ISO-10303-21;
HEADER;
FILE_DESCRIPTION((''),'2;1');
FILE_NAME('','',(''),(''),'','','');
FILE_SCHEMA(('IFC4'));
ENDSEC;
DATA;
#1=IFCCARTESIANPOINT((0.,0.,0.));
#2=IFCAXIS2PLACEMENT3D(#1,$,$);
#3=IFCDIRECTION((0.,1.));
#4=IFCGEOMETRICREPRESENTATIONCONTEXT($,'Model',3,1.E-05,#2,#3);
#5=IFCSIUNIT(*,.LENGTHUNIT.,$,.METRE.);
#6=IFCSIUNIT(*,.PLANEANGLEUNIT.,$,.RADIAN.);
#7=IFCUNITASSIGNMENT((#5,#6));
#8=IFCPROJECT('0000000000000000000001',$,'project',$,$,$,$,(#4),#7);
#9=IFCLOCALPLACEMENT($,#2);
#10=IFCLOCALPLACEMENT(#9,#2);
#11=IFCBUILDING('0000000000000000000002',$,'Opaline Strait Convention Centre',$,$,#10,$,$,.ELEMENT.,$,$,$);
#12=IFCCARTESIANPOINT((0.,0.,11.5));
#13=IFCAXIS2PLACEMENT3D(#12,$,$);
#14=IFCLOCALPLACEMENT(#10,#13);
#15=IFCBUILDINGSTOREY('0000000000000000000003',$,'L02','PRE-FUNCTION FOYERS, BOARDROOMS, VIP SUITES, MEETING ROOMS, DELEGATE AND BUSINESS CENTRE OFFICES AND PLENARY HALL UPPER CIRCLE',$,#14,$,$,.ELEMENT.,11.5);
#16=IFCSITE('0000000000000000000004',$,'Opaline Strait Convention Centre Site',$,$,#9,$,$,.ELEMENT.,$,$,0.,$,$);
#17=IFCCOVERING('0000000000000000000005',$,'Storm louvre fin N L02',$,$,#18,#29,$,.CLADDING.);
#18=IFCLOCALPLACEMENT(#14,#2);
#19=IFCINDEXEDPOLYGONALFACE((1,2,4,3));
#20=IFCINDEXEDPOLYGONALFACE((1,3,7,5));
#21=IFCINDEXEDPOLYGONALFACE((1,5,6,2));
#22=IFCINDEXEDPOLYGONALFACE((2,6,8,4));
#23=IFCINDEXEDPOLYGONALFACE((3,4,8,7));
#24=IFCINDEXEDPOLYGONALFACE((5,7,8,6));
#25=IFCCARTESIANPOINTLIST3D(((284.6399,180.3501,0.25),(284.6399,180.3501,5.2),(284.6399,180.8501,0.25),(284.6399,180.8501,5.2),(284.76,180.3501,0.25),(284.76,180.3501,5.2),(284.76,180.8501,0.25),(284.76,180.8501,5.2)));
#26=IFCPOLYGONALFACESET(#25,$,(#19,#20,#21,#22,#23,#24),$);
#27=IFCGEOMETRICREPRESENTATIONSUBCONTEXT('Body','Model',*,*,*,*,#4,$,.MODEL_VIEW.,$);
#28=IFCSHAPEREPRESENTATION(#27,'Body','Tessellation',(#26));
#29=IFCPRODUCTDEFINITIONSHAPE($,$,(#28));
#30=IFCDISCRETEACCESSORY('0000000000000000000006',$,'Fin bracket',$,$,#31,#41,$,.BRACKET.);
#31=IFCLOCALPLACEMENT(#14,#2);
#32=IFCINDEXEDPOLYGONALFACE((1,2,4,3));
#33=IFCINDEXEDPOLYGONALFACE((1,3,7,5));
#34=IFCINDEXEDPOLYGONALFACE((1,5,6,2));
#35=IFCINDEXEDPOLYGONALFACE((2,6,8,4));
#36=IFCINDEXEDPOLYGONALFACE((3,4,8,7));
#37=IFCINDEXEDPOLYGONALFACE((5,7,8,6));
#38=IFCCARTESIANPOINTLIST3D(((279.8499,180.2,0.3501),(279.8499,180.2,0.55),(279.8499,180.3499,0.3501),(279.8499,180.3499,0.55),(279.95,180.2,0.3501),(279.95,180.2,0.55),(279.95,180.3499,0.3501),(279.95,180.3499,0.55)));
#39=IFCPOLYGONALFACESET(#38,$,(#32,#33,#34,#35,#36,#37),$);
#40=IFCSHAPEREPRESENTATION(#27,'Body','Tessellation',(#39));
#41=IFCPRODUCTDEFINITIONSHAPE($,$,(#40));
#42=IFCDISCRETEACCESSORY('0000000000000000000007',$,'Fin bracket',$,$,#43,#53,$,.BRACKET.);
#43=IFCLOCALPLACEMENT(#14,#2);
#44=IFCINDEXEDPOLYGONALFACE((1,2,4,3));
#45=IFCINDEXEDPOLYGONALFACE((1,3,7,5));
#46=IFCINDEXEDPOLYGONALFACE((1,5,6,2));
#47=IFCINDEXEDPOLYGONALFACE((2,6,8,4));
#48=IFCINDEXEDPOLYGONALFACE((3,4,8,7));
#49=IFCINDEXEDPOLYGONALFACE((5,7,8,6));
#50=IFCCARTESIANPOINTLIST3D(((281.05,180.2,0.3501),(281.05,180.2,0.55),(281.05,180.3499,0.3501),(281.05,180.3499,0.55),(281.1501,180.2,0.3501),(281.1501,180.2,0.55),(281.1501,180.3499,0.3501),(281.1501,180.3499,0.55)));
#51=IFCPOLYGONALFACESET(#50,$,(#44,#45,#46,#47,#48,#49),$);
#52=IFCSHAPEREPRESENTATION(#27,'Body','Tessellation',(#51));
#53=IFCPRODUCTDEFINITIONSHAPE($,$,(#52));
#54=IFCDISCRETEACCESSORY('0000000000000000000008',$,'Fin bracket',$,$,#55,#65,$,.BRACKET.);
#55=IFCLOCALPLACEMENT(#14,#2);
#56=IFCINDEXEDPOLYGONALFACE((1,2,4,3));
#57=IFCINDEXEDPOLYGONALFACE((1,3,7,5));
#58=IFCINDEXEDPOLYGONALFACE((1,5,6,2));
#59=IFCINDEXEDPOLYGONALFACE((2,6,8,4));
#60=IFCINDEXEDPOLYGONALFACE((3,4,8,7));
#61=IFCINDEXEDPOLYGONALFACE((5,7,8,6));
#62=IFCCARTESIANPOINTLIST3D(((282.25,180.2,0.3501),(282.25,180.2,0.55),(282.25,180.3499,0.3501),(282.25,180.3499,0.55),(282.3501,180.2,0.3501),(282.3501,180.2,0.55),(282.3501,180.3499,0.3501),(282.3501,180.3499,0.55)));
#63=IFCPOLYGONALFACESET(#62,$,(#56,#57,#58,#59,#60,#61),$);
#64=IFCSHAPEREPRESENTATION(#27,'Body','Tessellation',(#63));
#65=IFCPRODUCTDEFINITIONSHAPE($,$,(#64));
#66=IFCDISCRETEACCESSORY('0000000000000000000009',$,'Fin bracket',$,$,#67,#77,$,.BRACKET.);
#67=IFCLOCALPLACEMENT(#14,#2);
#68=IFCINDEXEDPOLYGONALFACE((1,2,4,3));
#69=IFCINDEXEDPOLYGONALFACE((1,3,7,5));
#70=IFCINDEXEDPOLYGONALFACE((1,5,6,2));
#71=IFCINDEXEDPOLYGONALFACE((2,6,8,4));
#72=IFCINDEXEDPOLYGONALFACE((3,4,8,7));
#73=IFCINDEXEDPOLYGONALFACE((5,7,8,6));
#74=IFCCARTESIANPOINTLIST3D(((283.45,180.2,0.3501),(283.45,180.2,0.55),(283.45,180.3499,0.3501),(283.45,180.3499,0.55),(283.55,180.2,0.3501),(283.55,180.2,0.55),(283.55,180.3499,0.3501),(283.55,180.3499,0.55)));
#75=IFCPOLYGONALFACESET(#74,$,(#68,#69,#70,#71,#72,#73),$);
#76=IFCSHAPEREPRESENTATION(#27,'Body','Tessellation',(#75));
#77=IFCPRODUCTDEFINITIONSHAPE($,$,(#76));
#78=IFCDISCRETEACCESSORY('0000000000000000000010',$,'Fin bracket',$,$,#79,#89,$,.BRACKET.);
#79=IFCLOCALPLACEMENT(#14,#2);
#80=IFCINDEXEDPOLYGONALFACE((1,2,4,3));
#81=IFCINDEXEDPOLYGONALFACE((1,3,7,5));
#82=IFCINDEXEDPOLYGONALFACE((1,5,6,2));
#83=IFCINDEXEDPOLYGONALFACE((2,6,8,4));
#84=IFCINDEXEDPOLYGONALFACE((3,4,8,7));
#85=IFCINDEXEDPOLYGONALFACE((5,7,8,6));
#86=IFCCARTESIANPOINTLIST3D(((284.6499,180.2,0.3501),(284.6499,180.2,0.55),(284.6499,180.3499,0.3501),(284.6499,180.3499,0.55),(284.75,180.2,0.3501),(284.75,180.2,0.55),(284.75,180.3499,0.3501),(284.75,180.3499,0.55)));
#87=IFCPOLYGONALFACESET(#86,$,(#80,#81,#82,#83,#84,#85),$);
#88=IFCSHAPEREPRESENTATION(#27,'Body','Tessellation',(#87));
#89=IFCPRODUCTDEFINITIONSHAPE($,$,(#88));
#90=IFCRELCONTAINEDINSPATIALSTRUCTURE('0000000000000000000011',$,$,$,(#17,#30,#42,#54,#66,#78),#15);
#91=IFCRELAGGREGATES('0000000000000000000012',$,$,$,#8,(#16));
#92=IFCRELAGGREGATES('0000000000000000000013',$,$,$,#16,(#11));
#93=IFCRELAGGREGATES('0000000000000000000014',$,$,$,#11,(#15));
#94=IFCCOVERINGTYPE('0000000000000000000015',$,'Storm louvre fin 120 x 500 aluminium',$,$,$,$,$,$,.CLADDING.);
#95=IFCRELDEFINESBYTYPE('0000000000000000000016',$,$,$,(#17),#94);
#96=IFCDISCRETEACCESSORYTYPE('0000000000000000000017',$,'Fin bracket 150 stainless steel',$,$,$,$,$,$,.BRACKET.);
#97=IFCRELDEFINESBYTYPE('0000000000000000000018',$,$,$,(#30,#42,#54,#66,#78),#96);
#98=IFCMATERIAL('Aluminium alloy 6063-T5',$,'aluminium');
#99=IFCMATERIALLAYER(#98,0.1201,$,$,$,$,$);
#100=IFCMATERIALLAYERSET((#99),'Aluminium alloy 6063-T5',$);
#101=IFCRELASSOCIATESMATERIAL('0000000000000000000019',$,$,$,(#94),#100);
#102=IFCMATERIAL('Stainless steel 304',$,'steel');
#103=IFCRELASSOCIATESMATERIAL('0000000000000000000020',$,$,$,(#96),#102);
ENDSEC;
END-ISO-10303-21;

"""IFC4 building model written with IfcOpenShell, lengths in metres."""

from ifc_helpers import new_model, si_unit, direction, frame, origin, origin_2d, place, context, subcontext, project, spatial, rectangle, extrude, material, layer, layer_set, type_object, element, save


model = new_model("IFC4")

# Units and contexts
model_context = context("Model", 3, precision=1e-05, world=origin(), true_north=direction((0.0, 1.0)))
body_context = subcontext(model_context, "Body", "Model", "MODEL_VIEW")
ifc_project = project(units=[si_unit("LENGTHUNIT", "METRE"), si_unit("PLANEANGLEUNIT", "RADIAN")], contexts=[model_context])

# Site, building, storey
site_placement = place(None, origin())
site = spatial("IfcSite", under=ifc_project, at=site_placement, Name="Opaline Strait Convention Centre Site", CompositionType="ELEMENT", RefElevation=0.0)
building_placement = place(site_placement, origin())
building = spatial("IfcBuilding", under=site, at=building_placement, Name="Opaline Strait Convention Centre", CompositionType="ELEMENT")
storey_placement = place(building_placement, frame((0.0, 0.0, 11.5)))
storey = spatial("IfcBuildingStorey", under=building, at=storey_placement, Name="L02", Description="PRE-FUNCTION FOYERS, BOARDROOMS, VIP SUITES, MEETING ROOMS, DELEGATE AND BUSINESS CENTRE OFFICES AND PLENARY HALL UPPER CIRCLE", CompositionType="ELEMENT", Elevation=11.5)

# Covering
ifc_material_1 = material(Name="Aluminium alloy 6063-T5", Category="aluminium")
ifc_layer_1 = layer(ifc_material_1, 0.1201)
ifc_layer_set_1 = layer_set([ifc_layer_1], Name="Aluminium alloy 6063-T5")
covering_type = type_object("IfcCoveringType", Name="Storm louvre fin 120 x 500 aluminium", PredefinedType="CLADDING", material=ifc_layer_set_1)
for number, where, z_axis, x_axis, name in (
    (1, (284.7, 180.6001, 0.25), (0.0, 0.0, 1.0), (1.0, 0.0, 0.0), "Storm louvre fin N L02"),
):
    element("IfcCovering", number, at=place(storey_placement, frame(where, z_axis=z_axis, x_axis=x_axis)), inside=storey, type_object=covering_type, Name=name, PredefinedType="CLADDING", context=body_context, shape_type="SweptSolid", body=[
        extrude(rectangle(XDim=0.1201, YDim=0.5, at=origin_2d()), origin(), (0.0, 0.0, 1.0), 4.95),
    ])

# Discrete accessories
ifc_material_2 = material(Name="Stainless steel 304", Category="steel")
discrete_accessory_type = type_object("IfcDiscreteAccessoryType", Name="Fin bracket 150 stainless steel", PredefinedType="BRACKET", material=ifc_material_2)
for number, where, z_axis, x_axis, name in (
    (2, (279.8999, 180.2749, 0.3501), (0.0, 0.0, 1.0), (1.0, 0.0, 0.0), "Fin bracket"),
    (3, (281.1001, 180.2749, 0.3501), (0.0, 0.0, 1.0), (1.0, 0.0, 0.0), "Fin bracket"),
    (4, (282.3, 180.2749, 0.3501), (0.0, 0.0, 1.0), (1.0, 0.0, 0.0), "Fin bracket"),
    (5, (283.5, 180.2749, 0.3501), (0.0, 0.0, 1.0), (1.0, 0.0, 0.0), "Fin bracket"),
    (6, (284.7, 180.2749, 0.3501), (0.0, 0.0, 1.0), (1.0, 0.0, 0.0), "Fin bracket"),
):
    element("IfcDiscreteAccessory", number, at=place(storey_placement, frame(where, z_axis=z_axis, x_axis=x_axis)), inside=storey, type_object=discrete_accessory_type, Name=name, PredefinedType="BRACKET", context=body_context, shape_type="SweptSolid", body=[
        extrude(rectangle(XDim=0.1001, YDim=0.1499, at=origin_2d()), origin(), (0.0, 0.0, 1.0), 0.2),
    ])

save(model, "model.ifc")
